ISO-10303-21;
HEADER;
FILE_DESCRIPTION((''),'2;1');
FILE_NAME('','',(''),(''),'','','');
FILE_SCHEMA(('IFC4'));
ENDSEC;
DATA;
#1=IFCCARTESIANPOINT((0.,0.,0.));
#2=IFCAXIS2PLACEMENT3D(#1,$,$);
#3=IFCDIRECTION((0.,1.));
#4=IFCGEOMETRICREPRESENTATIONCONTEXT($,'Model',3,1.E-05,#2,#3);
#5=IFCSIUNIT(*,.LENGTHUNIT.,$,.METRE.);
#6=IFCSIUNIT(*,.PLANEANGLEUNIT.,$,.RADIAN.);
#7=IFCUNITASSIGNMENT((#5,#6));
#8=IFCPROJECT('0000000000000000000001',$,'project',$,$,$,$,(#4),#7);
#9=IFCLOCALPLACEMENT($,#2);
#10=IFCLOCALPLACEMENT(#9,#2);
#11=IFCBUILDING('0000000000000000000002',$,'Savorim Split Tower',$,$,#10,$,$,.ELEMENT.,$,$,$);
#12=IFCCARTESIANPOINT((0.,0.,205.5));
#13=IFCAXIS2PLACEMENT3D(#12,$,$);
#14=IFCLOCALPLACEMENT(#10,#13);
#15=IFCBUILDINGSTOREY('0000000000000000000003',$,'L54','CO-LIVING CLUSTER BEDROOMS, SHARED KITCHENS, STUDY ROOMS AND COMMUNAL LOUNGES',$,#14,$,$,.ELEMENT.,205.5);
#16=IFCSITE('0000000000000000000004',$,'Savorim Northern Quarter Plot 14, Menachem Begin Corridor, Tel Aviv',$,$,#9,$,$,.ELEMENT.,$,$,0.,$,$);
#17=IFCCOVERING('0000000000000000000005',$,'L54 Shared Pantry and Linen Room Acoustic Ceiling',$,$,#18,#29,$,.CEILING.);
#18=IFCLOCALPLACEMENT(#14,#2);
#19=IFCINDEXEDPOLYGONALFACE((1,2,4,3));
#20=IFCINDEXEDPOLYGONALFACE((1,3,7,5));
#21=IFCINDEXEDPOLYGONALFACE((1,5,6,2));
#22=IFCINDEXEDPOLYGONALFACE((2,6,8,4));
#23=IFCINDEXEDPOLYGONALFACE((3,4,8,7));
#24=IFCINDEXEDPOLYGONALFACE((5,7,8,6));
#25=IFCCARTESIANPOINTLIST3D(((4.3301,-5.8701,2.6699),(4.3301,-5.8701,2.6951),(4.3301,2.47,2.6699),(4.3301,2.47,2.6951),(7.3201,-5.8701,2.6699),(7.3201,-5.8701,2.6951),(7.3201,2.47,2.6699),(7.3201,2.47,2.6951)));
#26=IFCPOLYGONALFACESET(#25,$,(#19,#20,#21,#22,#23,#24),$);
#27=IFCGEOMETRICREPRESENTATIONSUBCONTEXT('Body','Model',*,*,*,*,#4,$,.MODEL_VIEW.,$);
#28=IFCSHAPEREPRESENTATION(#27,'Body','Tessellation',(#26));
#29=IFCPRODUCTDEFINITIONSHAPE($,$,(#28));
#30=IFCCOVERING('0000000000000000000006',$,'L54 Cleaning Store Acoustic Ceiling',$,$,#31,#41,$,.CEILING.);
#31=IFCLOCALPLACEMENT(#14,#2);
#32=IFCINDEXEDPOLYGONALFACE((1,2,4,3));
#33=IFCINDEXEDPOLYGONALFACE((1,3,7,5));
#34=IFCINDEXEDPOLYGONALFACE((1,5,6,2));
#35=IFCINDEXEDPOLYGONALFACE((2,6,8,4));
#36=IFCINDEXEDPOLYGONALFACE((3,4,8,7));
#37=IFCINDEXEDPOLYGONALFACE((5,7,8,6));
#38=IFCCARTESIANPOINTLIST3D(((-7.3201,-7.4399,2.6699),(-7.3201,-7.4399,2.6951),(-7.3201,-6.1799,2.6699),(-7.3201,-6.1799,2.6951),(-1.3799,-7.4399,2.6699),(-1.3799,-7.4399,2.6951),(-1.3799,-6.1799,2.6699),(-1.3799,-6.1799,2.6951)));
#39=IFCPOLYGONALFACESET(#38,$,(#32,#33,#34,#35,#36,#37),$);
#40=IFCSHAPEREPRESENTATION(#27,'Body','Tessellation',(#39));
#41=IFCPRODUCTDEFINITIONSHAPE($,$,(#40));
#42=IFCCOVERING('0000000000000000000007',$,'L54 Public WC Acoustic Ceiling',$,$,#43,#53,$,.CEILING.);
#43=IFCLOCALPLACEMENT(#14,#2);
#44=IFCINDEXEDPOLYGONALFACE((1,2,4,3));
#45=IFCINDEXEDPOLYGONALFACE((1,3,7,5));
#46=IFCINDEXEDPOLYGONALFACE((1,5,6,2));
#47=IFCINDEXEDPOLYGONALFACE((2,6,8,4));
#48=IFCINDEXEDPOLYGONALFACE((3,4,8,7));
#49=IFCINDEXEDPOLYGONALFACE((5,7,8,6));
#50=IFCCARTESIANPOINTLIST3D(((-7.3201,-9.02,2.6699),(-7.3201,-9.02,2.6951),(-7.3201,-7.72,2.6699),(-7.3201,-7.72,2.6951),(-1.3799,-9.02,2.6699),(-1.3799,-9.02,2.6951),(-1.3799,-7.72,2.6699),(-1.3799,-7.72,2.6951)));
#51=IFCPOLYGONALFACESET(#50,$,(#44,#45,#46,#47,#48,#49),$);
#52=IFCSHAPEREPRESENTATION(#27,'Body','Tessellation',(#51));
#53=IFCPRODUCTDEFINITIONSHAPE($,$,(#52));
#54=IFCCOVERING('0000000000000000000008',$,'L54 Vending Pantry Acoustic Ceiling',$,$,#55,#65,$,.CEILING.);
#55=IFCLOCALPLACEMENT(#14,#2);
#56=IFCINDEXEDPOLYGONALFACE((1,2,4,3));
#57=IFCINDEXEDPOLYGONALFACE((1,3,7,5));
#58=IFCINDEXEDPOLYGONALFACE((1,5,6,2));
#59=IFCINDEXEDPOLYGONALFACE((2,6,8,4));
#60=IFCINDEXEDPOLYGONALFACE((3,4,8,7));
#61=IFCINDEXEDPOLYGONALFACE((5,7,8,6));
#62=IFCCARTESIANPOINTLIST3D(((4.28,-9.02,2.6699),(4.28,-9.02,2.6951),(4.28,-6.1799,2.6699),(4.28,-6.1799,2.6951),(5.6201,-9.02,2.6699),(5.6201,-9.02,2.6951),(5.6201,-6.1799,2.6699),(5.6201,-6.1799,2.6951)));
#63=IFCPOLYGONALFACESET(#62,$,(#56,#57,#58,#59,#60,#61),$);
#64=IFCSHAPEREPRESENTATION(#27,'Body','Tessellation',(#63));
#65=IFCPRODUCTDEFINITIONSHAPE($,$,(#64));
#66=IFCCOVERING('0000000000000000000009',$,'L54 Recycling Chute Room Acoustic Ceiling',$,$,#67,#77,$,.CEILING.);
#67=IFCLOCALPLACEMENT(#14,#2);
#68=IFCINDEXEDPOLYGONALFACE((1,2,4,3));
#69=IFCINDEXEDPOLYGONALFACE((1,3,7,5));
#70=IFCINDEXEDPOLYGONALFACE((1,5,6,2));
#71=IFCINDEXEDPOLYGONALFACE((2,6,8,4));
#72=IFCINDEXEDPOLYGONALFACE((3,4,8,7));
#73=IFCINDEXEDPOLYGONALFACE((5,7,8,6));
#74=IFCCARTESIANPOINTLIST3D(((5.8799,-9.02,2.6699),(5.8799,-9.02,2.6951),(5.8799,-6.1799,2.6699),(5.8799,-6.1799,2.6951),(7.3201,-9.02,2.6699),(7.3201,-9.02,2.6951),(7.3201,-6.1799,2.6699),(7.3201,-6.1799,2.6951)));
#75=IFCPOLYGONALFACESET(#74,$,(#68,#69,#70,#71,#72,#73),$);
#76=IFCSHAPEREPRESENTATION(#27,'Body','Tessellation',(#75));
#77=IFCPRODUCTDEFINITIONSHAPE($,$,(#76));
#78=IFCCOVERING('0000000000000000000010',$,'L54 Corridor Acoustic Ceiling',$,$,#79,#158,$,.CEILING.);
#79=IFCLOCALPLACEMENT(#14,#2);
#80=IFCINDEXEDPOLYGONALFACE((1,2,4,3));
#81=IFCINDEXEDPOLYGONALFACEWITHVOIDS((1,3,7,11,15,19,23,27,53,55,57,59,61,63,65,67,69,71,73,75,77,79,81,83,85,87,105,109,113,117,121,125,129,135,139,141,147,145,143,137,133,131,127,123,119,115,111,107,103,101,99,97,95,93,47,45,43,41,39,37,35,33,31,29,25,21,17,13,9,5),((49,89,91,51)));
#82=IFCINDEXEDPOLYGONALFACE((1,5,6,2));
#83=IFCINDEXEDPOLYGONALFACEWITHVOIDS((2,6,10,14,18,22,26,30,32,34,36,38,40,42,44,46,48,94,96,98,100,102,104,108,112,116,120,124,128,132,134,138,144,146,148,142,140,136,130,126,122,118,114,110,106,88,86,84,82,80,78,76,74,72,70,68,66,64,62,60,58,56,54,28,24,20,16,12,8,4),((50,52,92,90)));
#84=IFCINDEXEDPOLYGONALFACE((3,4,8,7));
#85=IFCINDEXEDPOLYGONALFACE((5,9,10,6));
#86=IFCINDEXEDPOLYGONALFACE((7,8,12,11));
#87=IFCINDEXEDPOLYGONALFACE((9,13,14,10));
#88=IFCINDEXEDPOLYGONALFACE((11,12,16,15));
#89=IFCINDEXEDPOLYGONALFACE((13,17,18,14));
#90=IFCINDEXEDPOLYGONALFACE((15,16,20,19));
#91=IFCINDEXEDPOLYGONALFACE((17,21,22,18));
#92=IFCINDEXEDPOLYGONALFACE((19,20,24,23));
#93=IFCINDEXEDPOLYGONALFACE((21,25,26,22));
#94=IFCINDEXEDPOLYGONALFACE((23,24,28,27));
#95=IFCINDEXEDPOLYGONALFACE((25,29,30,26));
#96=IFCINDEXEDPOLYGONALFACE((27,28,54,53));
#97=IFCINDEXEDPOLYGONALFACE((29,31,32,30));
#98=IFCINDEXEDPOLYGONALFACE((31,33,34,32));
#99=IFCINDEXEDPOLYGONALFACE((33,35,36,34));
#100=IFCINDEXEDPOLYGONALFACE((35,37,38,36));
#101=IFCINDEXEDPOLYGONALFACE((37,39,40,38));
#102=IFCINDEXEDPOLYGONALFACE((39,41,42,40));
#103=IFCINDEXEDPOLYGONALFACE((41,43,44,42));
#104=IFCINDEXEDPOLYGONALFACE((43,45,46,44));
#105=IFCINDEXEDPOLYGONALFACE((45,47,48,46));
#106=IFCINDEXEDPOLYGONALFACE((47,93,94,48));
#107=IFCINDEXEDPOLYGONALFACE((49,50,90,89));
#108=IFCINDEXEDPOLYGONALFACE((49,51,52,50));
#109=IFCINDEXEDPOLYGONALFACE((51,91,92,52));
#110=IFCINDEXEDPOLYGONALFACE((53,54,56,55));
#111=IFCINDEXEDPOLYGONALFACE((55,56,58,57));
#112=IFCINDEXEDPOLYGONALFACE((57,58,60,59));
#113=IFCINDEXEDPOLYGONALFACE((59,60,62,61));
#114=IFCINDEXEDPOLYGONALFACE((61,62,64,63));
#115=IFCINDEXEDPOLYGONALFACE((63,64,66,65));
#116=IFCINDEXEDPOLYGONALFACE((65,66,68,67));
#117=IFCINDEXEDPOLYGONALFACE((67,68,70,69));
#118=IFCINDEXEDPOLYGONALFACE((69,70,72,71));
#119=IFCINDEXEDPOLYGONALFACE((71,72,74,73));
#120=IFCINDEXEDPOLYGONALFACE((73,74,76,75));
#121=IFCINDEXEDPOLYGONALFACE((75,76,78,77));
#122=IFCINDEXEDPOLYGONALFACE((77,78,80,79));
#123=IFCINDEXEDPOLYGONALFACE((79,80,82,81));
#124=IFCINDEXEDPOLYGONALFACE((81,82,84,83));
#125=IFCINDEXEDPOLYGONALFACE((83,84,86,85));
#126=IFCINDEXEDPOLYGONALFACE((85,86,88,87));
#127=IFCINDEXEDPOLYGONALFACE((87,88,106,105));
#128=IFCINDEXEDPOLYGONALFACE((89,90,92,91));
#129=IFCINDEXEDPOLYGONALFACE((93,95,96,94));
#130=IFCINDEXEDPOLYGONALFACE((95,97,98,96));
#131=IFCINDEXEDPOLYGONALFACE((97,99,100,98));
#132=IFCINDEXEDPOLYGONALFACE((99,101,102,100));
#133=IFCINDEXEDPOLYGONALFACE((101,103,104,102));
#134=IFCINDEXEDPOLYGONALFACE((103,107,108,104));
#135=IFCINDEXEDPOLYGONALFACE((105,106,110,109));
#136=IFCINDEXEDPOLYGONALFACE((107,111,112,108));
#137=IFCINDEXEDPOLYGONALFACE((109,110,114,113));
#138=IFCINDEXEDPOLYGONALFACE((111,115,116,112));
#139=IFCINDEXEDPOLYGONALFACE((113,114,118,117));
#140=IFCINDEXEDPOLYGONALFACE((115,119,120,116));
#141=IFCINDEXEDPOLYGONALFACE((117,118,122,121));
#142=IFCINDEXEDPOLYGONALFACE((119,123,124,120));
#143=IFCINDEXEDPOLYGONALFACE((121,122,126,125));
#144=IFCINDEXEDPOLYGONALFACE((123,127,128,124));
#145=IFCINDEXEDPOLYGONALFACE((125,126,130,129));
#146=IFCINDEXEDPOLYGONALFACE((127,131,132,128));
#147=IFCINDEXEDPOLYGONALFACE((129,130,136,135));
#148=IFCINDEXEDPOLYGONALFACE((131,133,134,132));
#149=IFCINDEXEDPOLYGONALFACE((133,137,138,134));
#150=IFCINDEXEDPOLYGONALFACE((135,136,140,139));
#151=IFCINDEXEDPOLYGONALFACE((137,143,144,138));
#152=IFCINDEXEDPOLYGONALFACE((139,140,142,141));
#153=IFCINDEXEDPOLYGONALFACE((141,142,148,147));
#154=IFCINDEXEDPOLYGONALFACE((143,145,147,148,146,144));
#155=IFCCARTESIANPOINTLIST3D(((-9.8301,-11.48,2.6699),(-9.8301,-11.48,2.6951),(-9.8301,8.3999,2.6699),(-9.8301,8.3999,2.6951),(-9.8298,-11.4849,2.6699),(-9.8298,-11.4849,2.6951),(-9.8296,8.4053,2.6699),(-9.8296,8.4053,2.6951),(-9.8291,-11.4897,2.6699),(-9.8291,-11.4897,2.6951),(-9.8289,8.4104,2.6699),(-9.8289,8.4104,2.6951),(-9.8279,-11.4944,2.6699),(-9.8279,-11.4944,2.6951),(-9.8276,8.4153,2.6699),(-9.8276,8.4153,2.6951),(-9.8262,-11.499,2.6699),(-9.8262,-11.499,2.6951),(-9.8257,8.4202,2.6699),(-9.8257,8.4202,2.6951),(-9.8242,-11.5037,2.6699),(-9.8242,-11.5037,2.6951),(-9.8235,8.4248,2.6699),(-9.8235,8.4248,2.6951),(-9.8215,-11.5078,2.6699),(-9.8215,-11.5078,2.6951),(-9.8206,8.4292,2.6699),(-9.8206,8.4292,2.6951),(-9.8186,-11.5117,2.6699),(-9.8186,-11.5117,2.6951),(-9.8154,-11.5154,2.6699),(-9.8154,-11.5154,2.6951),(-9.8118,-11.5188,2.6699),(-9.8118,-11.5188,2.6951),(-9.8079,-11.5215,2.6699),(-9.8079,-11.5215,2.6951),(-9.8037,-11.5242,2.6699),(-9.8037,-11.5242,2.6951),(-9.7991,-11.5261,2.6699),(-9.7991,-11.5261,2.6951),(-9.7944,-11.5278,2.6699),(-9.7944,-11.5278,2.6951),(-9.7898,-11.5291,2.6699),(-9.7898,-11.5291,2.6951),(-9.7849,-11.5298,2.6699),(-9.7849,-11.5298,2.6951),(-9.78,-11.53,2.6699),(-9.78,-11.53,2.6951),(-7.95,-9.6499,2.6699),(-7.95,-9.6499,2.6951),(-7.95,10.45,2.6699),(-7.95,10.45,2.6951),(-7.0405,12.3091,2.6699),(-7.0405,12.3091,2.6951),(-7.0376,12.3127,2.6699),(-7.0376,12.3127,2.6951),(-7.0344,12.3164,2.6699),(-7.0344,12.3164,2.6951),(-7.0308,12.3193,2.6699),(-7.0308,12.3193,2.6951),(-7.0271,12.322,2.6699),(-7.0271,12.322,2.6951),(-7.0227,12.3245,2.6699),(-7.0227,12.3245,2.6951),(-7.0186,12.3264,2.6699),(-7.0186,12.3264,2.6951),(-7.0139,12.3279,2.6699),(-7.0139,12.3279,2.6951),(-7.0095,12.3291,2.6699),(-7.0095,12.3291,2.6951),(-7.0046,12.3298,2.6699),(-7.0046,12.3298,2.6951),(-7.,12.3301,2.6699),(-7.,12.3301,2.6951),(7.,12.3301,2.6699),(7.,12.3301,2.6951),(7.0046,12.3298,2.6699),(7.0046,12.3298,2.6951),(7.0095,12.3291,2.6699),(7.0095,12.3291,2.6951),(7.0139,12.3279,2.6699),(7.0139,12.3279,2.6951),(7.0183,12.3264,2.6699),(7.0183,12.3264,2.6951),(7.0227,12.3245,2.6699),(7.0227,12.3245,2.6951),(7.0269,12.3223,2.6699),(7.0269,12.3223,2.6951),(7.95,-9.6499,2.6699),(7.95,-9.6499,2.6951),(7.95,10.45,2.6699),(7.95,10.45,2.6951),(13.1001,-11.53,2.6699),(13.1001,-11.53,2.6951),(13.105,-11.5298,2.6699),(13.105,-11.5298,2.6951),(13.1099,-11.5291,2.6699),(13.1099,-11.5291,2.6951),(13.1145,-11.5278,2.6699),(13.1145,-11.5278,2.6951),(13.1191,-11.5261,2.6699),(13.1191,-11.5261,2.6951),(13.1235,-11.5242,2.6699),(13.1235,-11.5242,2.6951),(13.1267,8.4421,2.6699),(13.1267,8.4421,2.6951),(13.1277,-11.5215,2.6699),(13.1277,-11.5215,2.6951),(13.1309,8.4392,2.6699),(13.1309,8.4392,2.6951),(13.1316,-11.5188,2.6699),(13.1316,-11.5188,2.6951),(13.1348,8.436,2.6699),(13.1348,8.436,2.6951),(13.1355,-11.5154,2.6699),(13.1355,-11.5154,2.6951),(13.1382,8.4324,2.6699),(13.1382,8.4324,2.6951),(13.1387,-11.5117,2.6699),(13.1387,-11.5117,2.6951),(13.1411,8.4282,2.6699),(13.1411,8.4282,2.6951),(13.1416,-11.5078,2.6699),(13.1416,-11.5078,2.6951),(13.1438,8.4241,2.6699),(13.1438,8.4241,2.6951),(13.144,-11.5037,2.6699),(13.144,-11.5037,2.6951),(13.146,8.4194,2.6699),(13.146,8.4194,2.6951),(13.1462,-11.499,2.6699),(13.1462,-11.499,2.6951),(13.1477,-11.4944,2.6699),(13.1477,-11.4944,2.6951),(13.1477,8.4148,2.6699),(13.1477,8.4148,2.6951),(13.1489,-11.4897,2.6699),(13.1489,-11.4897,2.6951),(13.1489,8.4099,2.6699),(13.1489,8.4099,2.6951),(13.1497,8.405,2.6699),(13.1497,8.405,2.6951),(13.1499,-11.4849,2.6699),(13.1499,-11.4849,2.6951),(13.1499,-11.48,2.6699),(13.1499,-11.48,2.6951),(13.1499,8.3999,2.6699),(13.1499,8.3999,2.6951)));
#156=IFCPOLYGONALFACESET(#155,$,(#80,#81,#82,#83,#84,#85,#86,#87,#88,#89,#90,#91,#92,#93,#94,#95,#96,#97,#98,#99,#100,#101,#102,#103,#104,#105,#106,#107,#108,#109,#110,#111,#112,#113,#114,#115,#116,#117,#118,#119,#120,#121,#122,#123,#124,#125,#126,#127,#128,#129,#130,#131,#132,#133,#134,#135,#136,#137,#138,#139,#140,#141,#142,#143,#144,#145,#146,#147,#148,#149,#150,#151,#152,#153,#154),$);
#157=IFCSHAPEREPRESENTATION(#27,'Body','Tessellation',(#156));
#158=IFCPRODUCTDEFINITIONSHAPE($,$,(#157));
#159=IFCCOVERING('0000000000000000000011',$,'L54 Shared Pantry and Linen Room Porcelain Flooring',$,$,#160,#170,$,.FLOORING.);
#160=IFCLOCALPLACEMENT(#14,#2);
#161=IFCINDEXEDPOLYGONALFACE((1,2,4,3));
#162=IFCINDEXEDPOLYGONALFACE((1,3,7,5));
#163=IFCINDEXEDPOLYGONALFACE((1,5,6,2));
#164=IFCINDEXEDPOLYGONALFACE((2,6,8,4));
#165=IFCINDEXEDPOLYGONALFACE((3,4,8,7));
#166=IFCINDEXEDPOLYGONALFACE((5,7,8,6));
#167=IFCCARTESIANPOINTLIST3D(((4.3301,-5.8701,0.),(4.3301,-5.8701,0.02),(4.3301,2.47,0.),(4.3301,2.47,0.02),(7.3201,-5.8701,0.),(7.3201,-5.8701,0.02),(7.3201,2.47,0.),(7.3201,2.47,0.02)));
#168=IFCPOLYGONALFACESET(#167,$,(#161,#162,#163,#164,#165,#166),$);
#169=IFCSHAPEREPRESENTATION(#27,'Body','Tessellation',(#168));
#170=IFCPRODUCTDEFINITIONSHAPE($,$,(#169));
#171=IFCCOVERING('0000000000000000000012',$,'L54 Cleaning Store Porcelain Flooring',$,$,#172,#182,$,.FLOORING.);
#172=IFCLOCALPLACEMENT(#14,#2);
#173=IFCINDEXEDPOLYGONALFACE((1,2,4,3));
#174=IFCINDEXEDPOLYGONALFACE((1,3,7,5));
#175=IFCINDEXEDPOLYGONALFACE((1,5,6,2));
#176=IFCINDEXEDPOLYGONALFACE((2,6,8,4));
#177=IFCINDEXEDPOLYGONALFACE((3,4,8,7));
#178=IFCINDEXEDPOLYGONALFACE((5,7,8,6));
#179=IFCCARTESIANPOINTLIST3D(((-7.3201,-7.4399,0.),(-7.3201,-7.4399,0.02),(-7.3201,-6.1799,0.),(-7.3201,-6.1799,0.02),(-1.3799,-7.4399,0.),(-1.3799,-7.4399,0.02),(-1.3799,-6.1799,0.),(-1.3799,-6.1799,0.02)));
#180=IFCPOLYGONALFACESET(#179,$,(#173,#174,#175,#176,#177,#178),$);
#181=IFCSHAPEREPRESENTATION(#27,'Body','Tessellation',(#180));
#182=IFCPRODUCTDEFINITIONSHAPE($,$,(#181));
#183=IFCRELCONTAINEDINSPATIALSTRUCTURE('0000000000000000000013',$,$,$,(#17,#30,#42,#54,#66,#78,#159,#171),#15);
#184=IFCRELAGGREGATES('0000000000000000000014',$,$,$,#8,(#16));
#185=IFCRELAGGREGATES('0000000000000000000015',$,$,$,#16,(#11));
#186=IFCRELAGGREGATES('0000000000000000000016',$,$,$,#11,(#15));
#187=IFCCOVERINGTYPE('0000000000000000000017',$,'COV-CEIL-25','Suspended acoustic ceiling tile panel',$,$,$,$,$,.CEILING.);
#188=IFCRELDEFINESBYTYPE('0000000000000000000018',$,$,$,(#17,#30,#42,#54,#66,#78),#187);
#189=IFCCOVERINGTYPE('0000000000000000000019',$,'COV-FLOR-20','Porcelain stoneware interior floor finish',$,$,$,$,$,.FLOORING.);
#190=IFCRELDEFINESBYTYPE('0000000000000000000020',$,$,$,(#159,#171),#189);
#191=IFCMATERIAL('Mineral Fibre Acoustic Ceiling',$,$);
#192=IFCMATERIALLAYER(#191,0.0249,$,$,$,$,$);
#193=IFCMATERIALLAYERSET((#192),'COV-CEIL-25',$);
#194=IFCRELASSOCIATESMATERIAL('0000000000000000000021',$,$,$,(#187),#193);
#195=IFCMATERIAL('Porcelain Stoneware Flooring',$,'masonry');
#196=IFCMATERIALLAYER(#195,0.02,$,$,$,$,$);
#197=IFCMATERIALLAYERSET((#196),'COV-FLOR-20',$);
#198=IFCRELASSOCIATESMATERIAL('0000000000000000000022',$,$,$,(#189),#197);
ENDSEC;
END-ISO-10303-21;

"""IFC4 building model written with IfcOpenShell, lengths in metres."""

from ifc_helpers import new_model, si_unit, direction, frame, origin, place, context, subcontext, project, spatial, polyline, outline, extrude, material, layer, layer_set, type_object, element, save


model = new_model("IFC4")

# Units and contexts
model_context = context("Model", 3, precision=1e-05, world=origin(), true_north=direction((0.0, 1.0)))
body_context = subcontext(model_context, "Body", "Model", "MODEL_VIEW")
ifc_project = project(units=[si_unit("LENGTHUNIT", "METRE"), si_unit("PLANEANGLEUNIT", "RADIAN")], contexts=[model_context])

# Site, building, storey
site_placement = place(None, origin())
site = spatial("IfcSite", under=ifc_project, at=site_placement, Name="Savorim Northern Quarter Plot 14, Menachem Begin Corridor, Tel Aviv", CompositionType="ELEMENT", RefElevation=0.0)
building_placement = place(site_placement, origin())
building = spatial("IfcBuilding", under=site, at=building_placement, Name="Savorim Split Tower", CompositionType="ELEMENT")
storey_placement = place(building_placement, frame((0.0, 0.0, 205.5)))
storey = spatial("IfcBuildingStorey", under=building, at=storey_placement, Name="L54", Description="CO-LIVING CLUSTER BEDROOMS, SHARED KITCHENS, STUDY ROOMS AND COMMUNAL LOUNGES", CompositionType="ELEMENT", Elevation=205.5)

# Coverings
ifc_material_1 = material(Name="Mineral Fibre Acoustic Ceiling")
ifc_layer_1 = layer(ifc_material_1, 0.0249)
ifc_layer_set_1 = layer_set([ifc_layer_1], Name="COV-CEIL-25")
covering_type_1 = type_object("IfcCoveringType", Name="COV-CEIL-25", Description="Suspended acoustic ceiling tile panel", PredefinedType="CEILING", material=ifc_layer_set_1)
covering_1_placement = place(storey_placement, frame((0.0, 0.0, 2.6699)))
element("IfcCovering", 1, at=covering_1_placement, inside=storey, type_object=covering_type_1, Name="L54 Shared Pantry and Linen Room Acoustic Ceiling", PredefinedType="CEILING", context=body_context, shape_type="SweptSolid", body=[
    extrude(outline(polyline([(4.3301, 2.47), (4.3301, -5.8701), (7.3201, -5.8701), (7.3201, 2.47), (4.3301, 2.47)])), origin(), (0.0, 0.0, 1.0), 0.0251),
])
covering_2_placement = place(storey_placement, frame((0.0, 0.0, 2.6699)))
element("IfcCovering", 2, at=covering_2_placement, inside=storey, type_object=covering_type_1, Name="L54 Cleaning Store Acoustic Ceiling", PredefinedType="CEILING", context=body_context, shape_type="SweptSolid", body=[
    extrude(outline(polyline([(-7.3201, -6.1799), (-7.3201, -7.4399), (-1.3799, -7.4399), (-1.3799, -6.1799), (-7.3201, -6.1799)])), origin(), (0.0, 0.0, 1.0), 0.0251),
])
covering_3_placement = place(storey_placement, frame((0.0, 0.0, 2.6699)))
element("IfcCovering", 3, at=covering_3_placement, inside=storey, type_object=covering_type_1, Name="L54 Public WC Acoustic Ceiling", PredefinedType="CEILING", context=body_context, shape_type="SweptSolid", body=[
    extrude(outline(polyline([(-7.3201, -7.72), (-7.3201, -9.02), (-1.3799, -9.02), (-1.3799, -7.72), (-7.3201, -7.72)])), origin(), (0.0, 0.0, 1.0), 0.0251),
])
covering_4_placement = place(storey_placement, frame((0.0, 0.0, 2.6699)))
element("IfcCovering", 4, at=covering_4_placement, inside=storey, type_object=covering_type_1, Name="L54 Vending Pantry Acoustic Ceiling", PredefinedType="CEILING", context=body_context, shape_type="SweptSolid", body=[
    extrude(outline(polyline([(4.28, -6.1799), (4.28, -9.02), (5.6201, -9.02), (5.6201, -6.1799), (4.28, -6.1799)])), origin(), (0.0, 0.0, 1.0), 0.0251),
])
covering_5_placement = place(storey_placement, frame((0.0, 0.0, 2.6699)))
element("IfcCovering", 5, at=covering_5_placement, inside=storey, type_object=covering_type_1, Name="L54 Recycling Chute Room Acoustic Ceiling", PredefinedType="CEILING", context=body_context, shape_type="SweptSolid", body=[
    extrude(outline(polyline([(5.8799, -6.1799), (5.8799, -9.02), (7.3201, -9.02), (7.3201, -6.1799), (5.8799, -6.1799)])), origin(), (0.0, 0.0, 1.0), 0.0251),
])
covering_6_placement = place(storey_placement, frame((0.0, 0.0, 2.6699)))
element("IfcCovering", 6, at=covering_6_placement, inside=storey, type_object=covering_type_1, Name="L54 Corridor Acoustic Ceiling", PredefinedType="CEILING", context=body_context, shape_type="SweptSolid", body=[
    extrude(outline(polyline([(7.0095, 12.3291), (7.0046, 12.3298), (7.0, 12.3301), (-7.0, 12.3301), (-7.0046, 12.3298), (-7.0095, 12.3291), (-7.0139, 12.3279), (-7.0186, 12.3264), (-7.0227, 12.3245), (-7.0271, 12.322), (-7.0308, 12.3193), (-7.0344, 12.3164), (-7.0376, 12.3127), (-7.0405, 12.3091), (-9.8206, 8.4292), (-9.8235, 8.4248), (-9.8257, 8.4202), (-9.8276, 8.4153), (-9.8289, 8.4104), (-9.8296, 8.4053), (-9.8301, 8.3999), (-9.8301, -11.48), (-9.8298, -11.4849), (-9.8291, -11.4897), (-9.8279, -11.4944), (-9.8262, -11.499), (-9.8242, -11.5037), (-9.8215, -11.5078), (-9.8186, -11.5117), (-9.8154, -11.5154), (-9.8118, -11.5188), (-9.8079, -11.5215), (-9.8037, -11.5242), (-9.7991, -11.5261), (-9.7944, -11.5278), (-9.7898, -11.5291), (-9.7849, -11.5298), (-9.78, -11.53), (13.1001, -11.53), (13.105, -11.5298), (13.1099, -11.5291), (13.1145, -11.5278), (13.1191, -11.5261), (13.1235, -11.5242), (13.1277, -11.5215), (13.1316, -11.5188), (13.1355, -11.5154), (13.1387, -11.5117), (13.1416, -11.5078), (13.144, -11.5037), (13.1462, -11.499), (13.1477, -11.4944), (13.1489, -11.4897), (13.1499, -11.4849), (13.1499, -11.48), (13.1499, 8.3999), (13.1497, 8.405), (13.1489, 8.4099), (13.1477, 8.4148), (13.146, 8.4194), (13.1438, 8.4241), (13.1411, 8.4282), (13.1382, 8.4324), (13.1348, 8.436), (13.1309, 8.4392), (13.1267, 8.4421), (7.0269, 12.3223), (7.0227, 12.3245), (7.0183, 12.3264), (7.0139, 12.3279), (7.0095, 12.3291)]), holes=[polyline([(-7.95, 10.45), (-7.95, -9.6499), (7.95, -9.6499), (7.95, 10.45), (-7.95, 10.45)])]), origin(), (0.0, 0.0, 1.0), 0.0251),
])
ifc_material_2 = material(Name="Porcelain Stoneware Flooring", Category="masonry")
ifc_layer_2 = layer(ifc_material_2, 0.02)
ifc_layer_set_2 = layer_set([ifc_layer_2], Name="COV-FLOR-20")
covering_type_2 = type_object("IfcCoveringType", Name="COV-FLOR-20", Description="Porcelain stoneware interior floor finish", PredefinedType="FLOORING", material=ifc_layer_set_2)
covering_7_placement = place(storey_placement, origin())
element("IfcCovering", 7, at=covering_7_placement, inside=storey, type_object=covering_type_2, Name="L54 Shared Pantry and Linen Room Porcelain Flooring", PredefinedType="FLOORING", context=body_context, shape_type="SweptSolid", body=[
    extrude(outline(polyline([(4.3301, 2.47), (4.3301, -5.8701), (7.3201, -5.8701), (7.3201, 2.47), (4.3301, 2.47)])), origin(), (0.0, 0.0, 1.0), 0.02),
])
covering_8_placement = place(storey_placement, origin())
element("IfcCovering", 8, at=covering_8_placement, inside=storey, type_object=covering_type_2, Name="L54 Cleaning Store Porcelain Flooring", PredefinedType="FLOORING", context=body_context, shape_type="SweptSolid", body=[
    extrude(outline(polyline([(-7.3201, -6.1799), (-7.3201, -7.4399), (-1.3799, -7.4399), (-1.3799, -6.1799), (-7.3201, -6.1799)])), origin(), (0.0, 0.0, 1.0), 0.02),
])

save(model, "model.ifc")
